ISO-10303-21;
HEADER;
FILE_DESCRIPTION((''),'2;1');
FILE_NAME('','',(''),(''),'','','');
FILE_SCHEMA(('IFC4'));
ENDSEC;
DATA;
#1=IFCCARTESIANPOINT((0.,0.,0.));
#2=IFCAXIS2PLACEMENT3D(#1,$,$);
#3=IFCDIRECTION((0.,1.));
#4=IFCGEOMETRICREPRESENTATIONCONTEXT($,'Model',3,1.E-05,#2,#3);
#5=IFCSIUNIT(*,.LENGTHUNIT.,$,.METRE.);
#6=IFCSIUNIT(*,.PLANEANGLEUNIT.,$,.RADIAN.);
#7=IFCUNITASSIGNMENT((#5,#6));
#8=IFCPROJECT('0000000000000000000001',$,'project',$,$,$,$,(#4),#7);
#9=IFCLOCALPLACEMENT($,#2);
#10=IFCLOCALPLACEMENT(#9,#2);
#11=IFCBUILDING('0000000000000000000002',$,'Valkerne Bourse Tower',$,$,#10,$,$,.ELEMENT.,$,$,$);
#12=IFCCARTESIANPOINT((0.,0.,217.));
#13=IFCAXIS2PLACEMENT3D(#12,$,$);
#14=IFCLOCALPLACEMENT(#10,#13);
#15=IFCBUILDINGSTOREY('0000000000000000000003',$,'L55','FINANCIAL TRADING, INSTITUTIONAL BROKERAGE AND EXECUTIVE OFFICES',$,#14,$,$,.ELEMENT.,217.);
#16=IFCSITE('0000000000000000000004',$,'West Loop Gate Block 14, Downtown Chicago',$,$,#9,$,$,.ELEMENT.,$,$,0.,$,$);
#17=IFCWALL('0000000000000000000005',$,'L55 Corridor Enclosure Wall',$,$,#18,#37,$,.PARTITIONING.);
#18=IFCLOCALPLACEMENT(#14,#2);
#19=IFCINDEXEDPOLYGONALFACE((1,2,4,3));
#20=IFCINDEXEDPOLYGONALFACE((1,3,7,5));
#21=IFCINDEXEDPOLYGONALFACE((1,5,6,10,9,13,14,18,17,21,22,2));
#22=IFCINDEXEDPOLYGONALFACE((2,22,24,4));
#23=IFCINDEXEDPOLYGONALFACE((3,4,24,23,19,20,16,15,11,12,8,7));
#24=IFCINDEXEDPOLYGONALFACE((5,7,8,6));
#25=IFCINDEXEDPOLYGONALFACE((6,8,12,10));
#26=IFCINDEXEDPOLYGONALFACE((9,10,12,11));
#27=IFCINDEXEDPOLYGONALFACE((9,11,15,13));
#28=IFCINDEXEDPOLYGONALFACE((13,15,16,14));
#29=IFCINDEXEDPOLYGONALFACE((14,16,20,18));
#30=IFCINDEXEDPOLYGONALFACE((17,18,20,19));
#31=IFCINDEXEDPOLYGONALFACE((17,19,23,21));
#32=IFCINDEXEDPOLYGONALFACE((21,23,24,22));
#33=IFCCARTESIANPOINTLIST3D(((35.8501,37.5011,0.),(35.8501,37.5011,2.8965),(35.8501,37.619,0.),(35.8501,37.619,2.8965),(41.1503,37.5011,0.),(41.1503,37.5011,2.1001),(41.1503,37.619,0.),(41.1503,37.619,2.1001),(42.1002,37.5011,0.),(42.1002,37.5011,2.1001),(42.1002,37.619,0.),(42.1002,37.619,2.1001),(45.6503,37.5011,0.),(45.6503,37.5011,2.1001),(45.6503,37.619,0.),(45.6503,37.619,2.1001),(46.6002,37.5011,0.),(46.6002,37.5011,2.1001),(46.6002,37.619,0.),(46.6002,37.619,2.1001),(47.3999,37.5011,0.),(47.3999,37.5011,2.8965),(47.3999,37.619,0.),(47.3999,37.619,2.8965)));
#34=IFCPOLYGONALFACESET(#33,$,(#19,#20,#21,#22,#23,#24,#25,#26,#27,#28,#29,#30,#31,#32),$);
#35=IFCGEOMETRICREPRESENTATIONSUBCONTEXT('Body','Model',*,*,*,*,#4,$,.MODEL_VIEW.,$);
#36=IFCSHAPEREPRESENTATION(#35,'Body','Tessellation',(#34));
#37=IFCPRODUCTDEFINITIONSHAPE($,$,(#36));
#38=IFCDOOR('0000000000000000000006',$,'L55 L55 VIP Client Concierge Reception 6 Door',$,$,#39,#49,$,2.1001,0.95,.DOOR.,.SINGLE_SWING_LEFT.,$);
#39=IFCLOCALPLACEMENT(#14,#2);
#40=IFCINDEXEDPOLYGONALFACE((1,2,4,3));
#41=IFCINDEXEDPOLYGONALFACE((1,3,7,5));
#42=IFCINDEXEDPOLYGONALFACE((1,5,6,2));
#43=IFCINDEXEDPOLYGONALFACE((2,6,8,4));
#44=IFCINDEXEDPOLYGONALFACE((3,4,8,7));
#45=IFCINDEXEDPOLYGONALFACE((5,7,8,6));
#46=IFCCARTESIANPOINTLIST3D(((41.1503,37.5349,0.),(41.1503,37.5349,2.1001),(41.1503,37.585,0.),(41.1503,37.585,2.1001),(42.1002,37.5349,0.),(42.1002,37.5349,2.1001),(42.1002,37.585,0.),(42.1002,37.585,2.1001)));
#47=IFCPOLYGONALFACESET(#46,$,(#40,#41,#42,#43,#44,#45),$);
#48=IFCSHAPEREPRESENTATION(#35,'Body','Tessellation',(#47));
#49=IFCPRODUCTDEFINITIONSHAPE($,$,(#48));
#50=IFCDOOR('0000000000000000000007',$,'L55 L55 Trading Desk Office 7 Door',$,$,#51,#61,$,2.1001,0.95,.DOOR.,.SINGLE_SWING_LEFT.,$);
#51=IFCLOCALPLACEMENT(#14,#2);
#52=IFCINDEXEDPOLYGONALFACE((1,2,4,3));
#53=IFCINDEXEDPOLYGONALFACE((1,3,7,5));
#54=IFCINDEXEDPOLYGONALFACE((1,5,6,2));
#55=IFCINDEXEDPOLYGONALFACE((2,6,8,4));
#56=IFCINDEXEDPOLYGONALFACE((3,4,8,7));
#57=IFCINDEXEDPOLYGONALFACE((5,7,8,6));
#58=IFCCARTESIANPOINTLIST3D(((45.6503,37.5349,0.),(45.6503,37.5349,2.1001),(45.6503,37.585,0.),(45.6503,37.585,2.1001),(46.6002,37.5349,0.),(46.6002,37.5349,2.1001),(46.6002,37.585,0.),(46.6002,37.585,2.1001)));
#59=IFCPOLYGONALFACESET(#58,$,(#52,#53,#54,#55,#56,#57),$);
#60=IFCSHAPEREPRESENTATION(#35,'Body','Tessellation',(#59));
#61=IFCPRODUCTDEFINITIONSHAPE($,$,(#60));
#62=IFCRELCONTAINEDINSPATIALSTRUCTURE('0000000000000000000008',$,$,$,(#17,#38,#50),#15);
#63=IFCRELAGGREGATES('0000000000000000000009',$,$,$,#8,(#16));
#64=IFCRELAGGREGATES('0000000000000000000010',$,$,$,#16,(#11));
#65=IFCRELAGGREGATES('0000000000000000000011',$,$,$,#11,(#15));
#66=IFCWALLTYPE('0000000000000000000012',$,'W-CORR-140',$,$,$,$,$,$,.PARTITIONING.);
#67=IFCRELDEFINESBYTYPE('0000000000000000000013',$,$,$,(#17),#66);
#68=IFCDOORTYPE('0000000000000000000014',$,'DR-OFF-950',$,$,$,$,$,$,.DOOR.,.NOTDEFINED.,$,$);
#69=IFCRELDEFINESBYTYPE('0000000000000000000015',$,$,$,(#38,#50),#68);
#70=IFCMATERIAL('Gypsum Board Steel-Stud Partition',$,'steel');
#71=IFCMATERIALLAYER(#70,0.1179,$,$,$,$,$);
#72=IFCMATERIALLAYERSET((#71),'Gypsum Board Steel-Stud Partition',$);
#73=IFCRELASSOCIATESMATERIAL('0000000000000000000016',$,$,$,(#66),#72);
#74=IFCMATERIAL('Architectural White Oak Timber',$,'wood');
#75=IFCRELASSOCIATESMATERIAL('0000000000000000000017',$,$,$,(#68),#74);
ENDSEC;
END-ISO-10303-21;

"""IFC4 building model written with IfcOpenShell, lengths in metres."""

from ifc_helpers import new_model, si_unit, direction, frame, frame_2d, origin, place, context, subcontext, project, spatial, rectangle, extrude, material, layer, layer_set, type_object, element, fill, save


model = new_model("IFC4")

# Units and contexts
model_context = context("Model", 3, precision=1e-05, world=origin(), true_north=direction((0.0, 1.0)))
body_context = subcontext(model_context, "Body", "Model", "MODEL_VIEW")
ifc_project = project(units=[si_unit("LENGTHUNIT", "METRE"), si_unit("PLANEANGLEUNIT", "RADIAN")], contexts=[model_context])

# Site, building, storey
site_placement = place(None, origin())
site = spatial("IfcSite", under=ifc_project, at=site_placement, Name="West Loop Gate Block 14, Downtown Chicago", CompositionType="ELEMENT", RefElevation=0.0)
building_placement = place(site_placement, origin())
building = spatial("IfcBuilding", under=site, at=building_placement, Name="Valkerne Bourse Tower", CompositionType="ELEMENT")
storey_placement = place(building_placement, frame((0.0, 0.0, 217.0)))
storey = spatial("IfcBuildingStorey", under=building, at=storey_placement, Name="L55", Description="FINANCIAL TRADING, INSTITUTIONAL BROKERAGE AND EXECUTIVE OFFICES", CompositionType="ELEMENT", Elevation=217.0)

# Wall, openings, doors
ifc_material_1 = material(Name="Gypsum Board Steel-Stud Partition", Category="steel")
ifc_layer_1 = layer(ifc_material_1, 0.1179)
ifc_layer_set_1 = layer_set([ifc_layer_1], Name="Gypsum Board Steel-Stud Partition")
wall_type = type_object("IfcWallType", Name="W-CORR-140", PredefinedType="PARTITIONING", material=ifc_layer_set_1)
wall_placement = place(storey_placement, frame((35.8501, 37.5601, 0.0), z_axis=(0.0, 0.0, 1.0), x_axis=(1.0, 0.0, 0.0)))
wall = element("IfcWall", 1, at=wall_placement, inside=storey, type_object=wall_type, Name="L55 Corridor Enclosure Wall", PredefinedType="PARTITIONING", context=body_context, shape_type="SweptSolid", body=[
    extrude(rectangle(XDim=11.5498, YDim=0.1179, at=frame_2d((5.7749, 0.0))), origin(), (0.0, 0.0, 1.0), 2.8965),
])
opening_1_placement = place(wall_placement, frame((5.3, 0.0, 0.0)))
opening_1 = element("IfcOpeningElement", 2, at=opening_1_placement, cuts=wall, PredefinedType="OPENING", context=body_context, shape_type="SweptSolid", body=[
    extrude(rectangle(XDim=0.95, YDim=2.1001, at=frame_2d((0.4751, 1.05))), frame((0.0, 0.0688, 0.0), z_axis=(0.0, -1.0, 0.0), x_axis=(1.0, 0.0, 0.0)), (0.0, 0.0, 1.0), 0.1379),
])
opening_2_placement = place(wall_placement, frame((9.8, 0.0, 0.0)))
opening_2 = element("IfcOpeningElement", 3, at=opening_2_placement, cuts=wall, PredefinedType="OPENING", context=body_context, shape_type="SweptSolid", body=[
    extrude(rectangle(XDim=0.95, YDim=2.1001, at=frame_2d((0.4751, 1.05))), frame((0.0, 0.0688, 0.0), z_axis=(0.0, -1.0, 0.0), x_axis=(1.0, 0.0, 0.0)), (0.0, 0.0, 1.0), 0.1379),
])
ifc_material_2 = material(Name="Architectural White Oak Timber", Category="wood")
door_type = type_object("IfcDoorType", Name="DR-OFF-950", OperationType="NOTDEFINED", PredefinedType="DOOR", material=ifc_material_2)
door_1_placement = place(opening_1_placement, origin())
door_1 = element("IfcDoor", 4, at=door_1_placement, inside=storey, type_object=door_type, Name="L55 L55 VIP Client Concierge Reception 6 Door", OperationType="SINGLE_SWING_LEFT", OverallHeight=2.1001, OverallWidth=0.95, PredefinedType="DOOR", context=body_context, shape_type="SweptSolid", body=[
    extrude(rectangle(XDim=0.95, YDim=2.1001, at=frame_2d((0.4751, 1.05))), frame((0.0, 0.0249, 0.0), z_axis=(0.0, -1.0, 0.0), x_axis=(1.0, 0.0, 0.0)), (0.0, 0.0, 1.0), 0.05),
])
fill(opening_1, door_1)
door_2_placement = place(opening_2_placement, origin())
door_2 = element("IfcDoor", 5, at=door_2_placement, inside=storey, type_object=door_type, Name="L55 L55 Trading Desk Office 7 Door", OperationType="SINGLE_SWING_LEFT", OverallHeight=2.1001, OverallWidth=0.95, PredefinedType="DOOR", context=body_context, shape_type="SweptSolid", body=[
    extrude(rectangle(XDim=0.95, YDim=2.1001, at=frame_2d((0.4751, 1.05))), frame((0.0, 0.0249, 0.0), z_axis=(0.0, -1.0, 0.0), x_axis=(1.0, 0.0, 0.0)), (0.0, 0.0, 1.0), 0.05),
])
fill(opening_2, door_2)

save(model, "model.ifc")
